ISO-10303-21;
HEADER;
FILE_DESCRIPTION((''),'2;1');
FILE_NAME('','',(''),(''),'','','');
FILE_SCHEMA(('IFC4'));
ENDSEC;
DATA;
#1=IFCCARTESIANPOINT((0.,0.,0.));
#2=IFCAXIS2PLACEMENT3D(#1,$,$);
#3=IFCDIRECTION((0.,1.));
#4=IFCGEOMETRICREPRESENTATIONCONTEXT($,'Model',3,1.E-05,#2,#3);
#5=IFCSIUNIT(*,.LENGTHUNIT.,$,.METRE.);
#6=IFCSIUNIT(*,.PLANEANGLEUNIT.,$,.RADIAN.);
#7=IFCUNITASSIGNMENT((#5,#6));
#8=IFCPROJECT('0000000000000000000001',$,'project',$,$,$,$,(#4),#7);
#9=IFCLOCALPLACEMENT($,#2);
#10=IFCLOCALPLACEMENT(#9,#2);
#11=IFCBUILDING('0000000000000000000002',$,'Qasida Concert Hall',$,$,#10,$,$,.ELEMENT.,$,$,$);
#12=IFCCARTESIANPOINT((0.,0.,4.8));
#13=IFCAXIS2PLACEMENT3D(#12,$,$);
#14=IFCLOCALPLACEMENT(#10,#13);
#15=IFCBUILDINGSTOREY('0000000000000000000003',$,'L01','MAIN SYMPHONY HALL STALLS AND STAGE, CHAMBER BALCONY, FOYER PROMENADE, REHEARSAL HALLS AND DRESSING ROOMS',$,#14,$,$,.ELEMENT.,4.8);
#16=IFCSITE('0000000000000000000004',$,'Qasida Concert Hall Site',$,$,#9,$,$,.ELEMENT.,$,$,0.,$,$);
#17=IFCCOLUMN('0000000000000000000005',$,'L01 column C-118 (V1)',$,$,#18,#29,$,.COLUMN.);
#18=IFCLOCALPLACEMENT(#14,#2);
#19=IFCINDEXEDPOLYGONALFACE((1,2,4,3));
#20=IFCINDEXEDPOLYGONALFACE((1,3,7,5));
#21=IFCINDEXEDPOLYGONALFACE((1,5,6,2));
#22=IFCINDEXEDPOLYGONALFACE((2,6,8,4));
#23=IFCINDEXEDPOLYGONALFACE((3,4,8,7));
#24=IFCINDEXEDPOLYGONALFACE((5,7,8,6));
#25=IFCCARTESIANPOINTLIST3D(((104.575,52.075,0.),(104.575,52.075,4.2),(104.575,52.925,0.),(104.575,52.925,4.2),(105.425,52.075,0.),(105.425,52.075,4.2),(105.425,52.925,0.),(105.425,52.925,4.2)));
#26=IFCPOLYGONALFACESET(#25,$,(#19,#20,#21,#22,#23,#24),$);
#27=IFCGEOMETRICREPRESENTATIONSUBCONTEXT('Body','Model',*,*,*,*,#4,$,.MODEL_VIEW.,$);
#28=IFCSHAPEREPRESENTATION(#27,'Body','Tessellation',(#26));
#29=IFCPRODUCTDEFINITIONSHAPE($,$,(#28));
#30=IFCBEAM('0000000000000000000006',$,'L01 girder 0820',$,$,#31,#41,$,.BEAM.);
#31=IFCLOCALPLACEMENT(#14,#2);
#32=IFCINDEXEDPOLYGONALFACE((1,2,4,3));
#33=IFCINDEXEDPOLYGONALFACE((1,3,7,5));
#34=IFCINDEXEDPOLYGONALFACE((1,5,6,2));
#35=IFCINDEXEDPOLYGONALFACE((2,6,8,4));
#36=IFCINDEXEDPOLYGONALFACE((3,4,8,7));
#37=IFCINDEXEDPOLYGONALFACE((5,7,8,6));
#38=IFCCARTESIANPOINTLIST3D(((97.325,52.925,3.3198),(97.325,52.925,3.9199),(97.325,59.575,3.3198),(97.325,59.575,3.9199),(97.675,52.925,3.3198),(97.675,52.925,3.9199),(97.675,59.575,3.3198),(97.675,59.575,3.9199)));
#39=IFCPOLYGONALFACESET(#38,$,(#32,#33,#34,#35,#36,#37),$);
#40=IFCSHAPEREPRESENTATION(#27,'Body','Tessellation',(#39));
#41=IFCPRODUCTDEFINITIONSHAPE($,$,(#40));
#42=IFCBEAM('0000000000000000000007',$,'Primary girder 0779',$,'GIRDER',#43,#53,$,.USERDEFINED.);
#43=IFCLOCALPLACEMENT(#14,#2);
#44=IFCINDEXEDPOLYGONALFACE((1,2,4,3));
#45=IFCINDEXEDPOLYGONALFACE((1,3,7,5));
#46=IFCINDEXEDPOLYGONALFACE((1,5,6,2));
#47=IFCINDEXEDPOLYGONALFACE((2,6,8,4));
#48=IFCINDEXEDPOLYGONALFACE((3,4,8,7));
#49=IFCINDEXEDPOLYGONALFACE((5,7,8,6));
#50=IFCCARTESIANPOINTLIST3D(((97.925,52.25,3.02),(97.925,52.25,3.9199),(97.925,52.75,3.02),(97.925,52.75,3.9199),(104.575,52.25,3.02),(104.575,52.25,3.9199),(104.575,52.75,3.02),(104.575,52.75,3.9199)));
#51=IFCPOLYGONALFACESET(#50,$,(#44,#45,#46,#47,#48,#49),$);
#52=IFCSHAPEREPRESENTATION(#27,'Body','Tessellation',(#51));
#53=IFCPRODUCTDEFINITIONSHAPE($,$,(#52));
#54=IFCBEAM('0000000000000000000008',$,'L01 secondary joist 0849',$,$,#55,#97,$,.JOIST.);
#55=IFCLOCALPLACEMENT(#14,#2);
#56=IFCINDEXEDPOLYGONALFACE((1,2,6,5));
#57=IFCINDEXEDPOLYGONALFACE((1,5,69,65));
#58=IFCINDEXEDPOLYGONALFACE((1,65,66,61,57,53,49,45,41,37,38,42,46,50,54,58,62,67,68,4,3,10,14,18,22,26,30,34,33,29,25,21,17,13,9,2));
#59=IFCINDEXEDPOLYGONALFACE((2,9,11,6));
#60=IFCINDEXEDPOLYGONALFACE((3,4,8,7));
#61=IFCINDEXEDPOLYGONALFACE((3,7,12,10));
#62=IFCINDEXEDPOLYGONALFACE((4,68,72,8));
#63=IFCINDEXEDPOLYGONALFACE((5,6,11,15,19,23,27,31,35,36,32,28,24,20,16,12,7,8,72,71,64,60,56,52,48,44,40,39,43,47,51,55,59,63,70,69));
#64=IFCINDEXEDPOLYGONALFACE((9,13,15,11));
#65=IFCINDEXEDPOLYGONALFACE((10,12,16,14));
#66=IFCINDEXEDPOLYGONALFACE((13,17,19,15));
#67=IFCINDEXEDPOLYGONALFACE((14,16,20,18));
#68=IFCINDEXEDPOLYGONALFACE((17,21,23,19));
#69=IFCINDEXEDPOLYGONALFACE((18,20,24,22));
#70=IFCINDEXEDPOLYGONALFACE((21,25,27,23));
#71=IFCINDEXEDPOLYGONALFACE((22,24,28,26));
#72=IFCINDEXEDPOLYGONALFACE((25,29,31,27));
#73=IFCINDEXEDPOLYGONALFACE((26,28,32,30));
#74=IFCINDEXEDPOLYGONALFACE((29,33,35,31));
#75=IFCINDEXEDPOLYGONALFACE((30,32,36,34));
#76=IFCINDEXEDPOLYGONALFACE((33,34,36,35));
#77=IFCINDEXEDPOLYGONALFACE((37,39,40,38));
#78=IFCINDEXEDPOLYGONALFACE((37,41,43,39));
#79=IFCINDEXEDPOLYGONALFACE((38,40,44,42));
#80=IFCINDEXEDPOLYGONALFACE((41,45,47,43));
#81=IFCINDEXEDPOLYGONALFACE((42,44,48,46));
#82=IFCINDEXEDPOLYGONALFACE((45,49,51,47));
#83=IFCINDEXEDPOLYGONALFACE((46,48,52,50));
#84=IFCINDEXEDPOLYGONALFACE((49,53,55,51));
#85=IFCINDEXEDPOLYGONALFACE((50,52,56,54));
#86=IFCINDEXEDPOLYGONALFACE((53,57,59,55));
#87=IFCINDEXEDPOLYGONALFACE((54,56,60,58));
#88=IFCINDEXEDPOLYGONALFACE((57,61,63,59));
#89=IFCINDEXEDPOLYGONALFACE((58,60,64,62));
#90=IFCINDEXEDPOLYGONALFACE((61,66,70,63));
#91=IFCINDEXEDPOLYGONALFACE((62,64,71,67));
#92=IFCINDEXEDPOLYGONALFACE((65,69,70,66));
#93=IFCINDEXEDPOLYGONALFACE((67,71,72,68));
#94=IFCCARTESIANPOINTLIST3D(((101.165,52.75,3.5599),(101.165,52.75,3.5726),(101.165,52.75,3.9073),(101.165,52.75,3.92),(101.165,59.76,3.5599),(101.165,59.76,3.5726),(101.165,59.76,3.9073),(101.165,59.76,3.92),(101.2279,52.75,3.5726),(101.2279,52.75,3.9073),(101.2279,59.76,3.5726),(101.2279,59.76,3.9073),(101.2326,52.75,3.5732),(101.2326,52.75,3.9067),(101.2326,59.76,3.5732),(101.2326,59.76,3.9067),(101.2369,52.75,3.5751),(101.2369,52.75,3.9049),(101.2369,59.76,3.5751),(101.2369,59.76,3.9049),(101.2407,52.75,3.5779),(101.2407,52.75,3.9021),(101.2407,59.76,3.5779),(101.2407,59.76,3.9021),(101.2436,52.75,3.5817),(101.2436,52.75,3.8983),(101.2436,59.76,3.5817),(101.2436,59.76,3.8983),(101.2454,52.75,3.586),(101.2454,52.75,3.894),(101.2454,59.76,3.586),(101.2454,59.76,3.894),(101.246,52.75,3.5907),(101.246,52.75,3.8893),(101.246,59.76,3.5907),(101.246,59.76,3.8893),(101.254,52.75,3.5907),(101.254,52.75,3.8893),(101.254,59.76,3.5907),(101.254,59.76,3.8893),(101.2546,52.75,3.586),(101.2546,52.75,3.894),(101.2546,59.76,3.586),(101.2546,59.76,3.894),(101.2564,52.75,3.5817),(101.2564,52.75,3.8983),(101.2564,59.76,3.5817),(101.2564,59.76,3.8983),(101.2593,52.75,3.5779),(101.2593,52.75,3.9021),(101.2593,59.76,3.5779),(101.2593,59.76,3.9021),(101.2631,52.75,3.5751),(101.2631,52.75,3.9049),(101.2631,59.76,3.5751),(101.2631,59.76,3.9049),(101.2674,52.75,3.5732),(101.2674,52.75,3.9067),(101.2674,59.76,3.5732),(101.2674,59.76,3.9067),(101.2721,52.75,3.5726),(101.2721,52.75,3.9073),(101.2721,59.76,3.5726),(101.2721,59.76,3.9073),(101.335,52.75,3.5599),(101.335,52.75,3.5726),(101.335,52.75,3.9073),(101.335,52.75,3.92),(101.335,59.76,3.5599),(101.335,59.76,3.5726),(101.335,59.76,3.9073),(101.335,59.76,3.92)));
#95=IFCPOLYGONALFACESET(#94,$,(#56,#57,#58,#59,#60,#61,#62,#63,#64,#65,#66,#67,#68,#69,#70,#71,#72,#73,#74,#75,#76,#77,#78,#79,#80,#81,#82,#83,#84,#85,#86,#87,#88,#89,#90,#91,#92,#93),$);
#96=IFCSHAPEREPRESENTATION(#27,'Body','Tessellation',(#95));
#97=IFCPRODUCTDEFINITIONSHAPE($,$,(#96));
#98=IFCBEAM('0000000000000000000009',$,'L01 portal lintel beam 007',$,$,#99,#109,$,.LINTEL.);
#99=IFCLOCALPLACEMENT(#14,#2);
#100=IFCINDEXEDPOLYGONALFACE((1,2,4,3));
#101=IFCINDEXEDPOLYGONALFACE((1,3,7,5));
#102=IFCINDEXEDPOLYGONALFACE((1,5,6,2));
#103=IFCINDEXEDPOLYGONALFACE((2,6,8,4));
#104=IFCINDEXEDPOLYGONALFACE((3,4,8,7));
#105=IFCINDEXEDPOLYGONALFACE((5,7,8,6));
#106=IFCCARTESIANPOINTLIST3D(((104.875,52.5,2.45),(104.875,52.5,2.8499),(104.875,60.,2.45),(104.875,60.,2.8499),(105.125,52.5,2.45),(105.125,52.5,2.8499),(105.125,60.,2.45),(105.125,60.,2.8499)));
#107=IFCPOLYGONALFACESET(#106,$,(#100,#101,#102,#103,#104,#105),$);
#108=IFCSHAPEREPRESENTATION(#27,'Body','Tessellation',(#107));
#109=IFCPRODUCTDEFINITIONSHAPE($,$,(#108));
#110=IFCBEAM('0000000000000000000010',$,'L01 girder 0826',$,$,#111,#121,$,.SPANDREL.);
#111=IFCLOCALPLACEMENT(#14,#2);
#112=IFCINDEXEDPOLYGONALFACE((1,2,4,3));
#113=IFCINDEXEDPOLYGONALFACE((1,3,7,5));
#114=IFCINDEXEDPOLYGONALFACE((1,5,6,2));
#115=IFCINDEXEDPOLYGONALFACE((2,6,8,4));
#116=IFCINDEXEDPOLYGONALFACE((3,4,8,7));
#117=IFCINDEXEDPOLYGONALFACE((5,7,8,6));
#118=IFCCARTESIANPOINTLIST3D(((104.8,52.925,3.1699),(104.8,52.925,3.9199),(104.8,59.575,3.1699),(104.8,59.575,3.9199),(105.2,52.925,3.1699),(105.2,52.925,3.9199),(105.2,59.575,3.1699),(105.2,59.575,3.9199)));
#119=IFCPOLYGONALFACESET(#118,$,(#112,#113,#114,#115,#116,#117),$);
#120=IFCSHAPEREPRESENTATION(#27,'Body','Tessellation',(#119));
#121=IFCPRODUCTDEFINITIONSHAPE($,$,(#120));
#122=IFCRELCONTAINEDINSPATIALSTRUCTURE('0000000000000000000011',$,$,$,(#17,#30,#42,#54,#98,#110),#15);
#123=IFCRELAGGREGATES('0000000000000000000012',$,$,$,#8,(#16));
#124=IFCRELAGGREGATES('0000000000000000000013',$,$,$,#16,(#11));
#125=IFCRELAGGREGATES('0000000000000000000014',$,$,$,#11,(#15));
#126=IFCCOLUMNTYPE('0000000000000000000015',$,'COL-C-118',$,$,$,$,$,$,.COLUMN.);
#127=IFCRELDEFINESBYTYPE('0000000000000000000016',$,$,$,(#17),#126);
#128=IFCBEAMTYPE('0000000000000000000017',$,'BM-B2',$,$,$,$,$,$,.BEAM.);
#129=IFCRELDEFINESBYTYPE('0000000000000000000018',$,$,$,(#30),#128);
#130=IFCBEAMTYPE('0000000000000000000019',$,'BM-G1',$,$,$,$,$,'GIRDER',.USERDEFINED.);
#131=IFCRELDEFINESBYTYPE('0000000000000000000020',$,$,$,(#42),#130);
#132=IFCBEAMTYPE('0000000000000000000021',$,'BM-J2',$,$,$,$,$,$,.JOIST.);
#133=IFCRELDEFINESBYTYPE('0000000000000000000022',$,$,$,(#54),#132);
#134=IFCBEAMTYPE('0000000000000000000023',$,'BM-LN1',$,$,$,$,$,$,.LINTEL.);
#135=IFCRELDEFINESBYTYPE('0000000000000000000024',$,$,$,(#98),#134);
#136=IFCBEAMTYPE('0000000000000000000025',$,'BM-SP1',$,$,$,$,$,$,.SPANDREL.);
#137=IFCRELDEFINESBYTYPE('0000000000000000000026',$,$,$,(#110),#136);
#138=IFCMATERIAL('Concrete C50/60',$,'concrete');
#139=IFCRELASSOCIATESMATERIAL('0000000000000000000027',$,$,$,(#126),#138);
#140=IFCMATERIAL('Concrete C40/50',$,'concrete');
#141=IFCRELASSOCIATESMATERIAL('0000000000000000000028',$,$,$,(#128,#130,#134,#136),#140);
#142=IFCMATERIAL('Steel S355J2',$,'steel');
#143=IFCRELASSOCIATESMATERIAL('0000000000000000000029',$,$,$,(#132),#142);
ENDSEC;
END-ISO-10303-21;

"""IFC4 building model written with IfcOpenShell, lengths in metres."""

from ifc_helpers import new_model, si_unit, direction, frame, origin, origin_2d, place, context, subcontext, project, spatial, rectangle, i_section, extrude, material, material_profile, profile_set, type_object, element, save


model = new_model("IFC4")

# Units and contexts
model_context = context("Model", 3, precision=1e-05, world=origin(), true_north=direction((0.0, 1.0)))
body_context = subcontext(model_context, "Body", "Model", "MODEL_VIEW")
ifc_project = project(units=[si_unit("LENGTHUNIT", "METRE"), si_unit("PLANEANGLEUNIT", "RADIAN")], contexts=[model_context])

# Site, building, storey
site_placement = place(None, origin())
site = spatial("IfcSite", under=ifc_project, at=site_placement, Name="Qasida Concert Hall Site", CompositionType="ELEMENT", RefElevation=0.0)
building_placement = place(site_placement, origin())
building = spatial("IfcBuilding", under=site, at=building_placement, Name="Qasida Concert Hall", CompositionType="ELEMENT")
storey_placement = place(building_placement, frame((0.0, 0.0, 4.8)))
storey = spatial("IfcBuildingStorey", under=building, at=storey_placement, Name="L01", Description="MAIN SYMPHONY HALL STALLS AND STAGE, CHAMBER BALCONY, FOYER PROMENADE, REHEARSAL HALLS AND DRESSING ROOMS", CompositionType="ELEMENT", Elevation=4.8)

# Column
ifc_material_1 = material(Name="Concrete C50/60", Category="concrete")
ifc_material_profile_1 = material_profile(ifc_material_1, rectangle(XDim=0.8501, YDim=0.8501, at=origin_2d()), Name="RC 850x850")
ifc_profile_set_1 = profile_set([ifc_material_profile_1], Name="Concrete C50/60")
column_type = type_object("IfcColumnType", Name="COL-C-118", PredefinedType="COLUMN", material=ifc_profile_set_1)
column_placement = place(storey_placement, frame((105.0, 52.5, 0.0), z_axis=(0.0, 0.0, 1.0), x_axis=(1.0, 0.0, 0.0)))
element("IfcColumn", 1, at=column_placement, inside=storey, type_object=column_type, Name="L01 column C-118 (V1)", PredefinedType="COLUMN", context=body_context, shape_type="SweptSolid", body=[
    extrude(rectangle(XDim=0.8501, YDim=0.8501, at=origin_2d()), origin(), (0.0, 0.0, 1.0), 4.2),
])

# Beams
ifc_material_2 = material(Name="Concrete C40/50", Category="concrete")
ifc_material_profile_2 = material_profile(ifc_material_2, rectangle(XDim=0.3501, YDim=0.6001, at=origin_2d()), Name="RC 350x600")
ifc_profile_set_2 = profile_set([ifc_material_profile_2], Name="Concrete C40/50")
beam_type_1 = type_object("IfcBeamType", Name="BM-B2", PredefinedType="BEAM", material=ifc_profile_set_2)
beam_1_placement = place(storey_placement, frame((97.5, 52.925, 3.6199), z_axis=(0.0, 1.0, 0.0), x_axis=(-1.0, 0.0, 0.0)))
element("IfcBeam", 2, at=beam_1_placement, inside=storey, type_object=beam_type_1, Name="L01 girder 0820", PredefinedType="BEAM", context=body_context, shape_type="SweptSolid", body=[
    extrude(rectangle(XDim=0.3501, YDim=0.6001, at=origin_2d()), origin(), (0.0, 0.0, 1.0), 6.6499),
])
ifc_material_profile_3 = material_profile(ifc_material_2, rectangle(XDim=0.5, YDim=0.8999, at=origin_2d()), Name="RC 500x900")
ifc_profile_set_3 = profile_set([ifc_material_profile_3], Name="Concrete C40/50")
beam_type_2 = type_object("IfcBeamType", Name="BM-G1", ElementType="GIRDER", PredefinedType="USERDEFINED", material=ifc_profile_set_3)
beam_2_placement = place(storey_placement, frame((97.925, 52.5, 3.47), z_axis=(1.0, 0.0, 0.0), x_axis=(0.0, 1.0, 0.0)))
element("IfcBeam", 3, at=beam_2_placement, inside=storey, type_object=beam_type_2, Name="Primary girder 0779", ObjectType="GIRDER", PredefinedType="USERDEFINED", context=body_context, shape_type="SweptSolid", body=[
    extrude(rectangle(XDim=0.5, YDim=0.8999, at=origin_2d()), origin(), (0.0, 0.0, 1.0), 6.6499),
])
ifc_material_3 = material(Name="Steel S355J2", Category="steel")
ifc_material_profile_4 = material_profile(ifc_material_3, i_section(OverallWidth=0.1699, OverallDepth=0.3601, WebThickness=0.0081, FlangeThickness=0.0127, FilletRadius=0.0181, at=origin_2d()), Name="IPE 360")
ifc_profile_set_4 = profile_set([ifc_material_profile_4], Name="Steel S355J2")
beam_type_3 = type_object("IfcBeamType", Name="BM-J2", PredefinedType="JOIST", material=ifc_profile_set_4)
beam_3_placement = place(storey_placement, frame((101.25, 52.75, 3.74), z_axis=(0.0, 1.0, 0.0), x_axis=(-1.0, 0.0, 0.0)))
element("IfcBeam", 4, at=beam_3_placement, inside=storey, type_object=beam_type_3, Name="L01 secondary joist 0849", PredefinedType="JOIST", context=body_context, shape_type="SweptSolid", body=[
    extrude(i_section(OverallWidth=0.1699, OverallDepth=0.3601, WebThickness=0.0081, FlangeThickness=0.0127, FilletRadius=0.0181, at=origin_2d()), origin(), (0.0, 0.0, 1.0), 7.01),
])
ifc_material_profile_5 = material_profile(ifc_material_2, rectangle(XDim=0.25, YDim=0.3999, at=origin_2d()), Name="RC 250x400")
ifc_profile_set_5 = profile_set([ifc_material_profile_5], Name="Concrete C40/50")
beam_type_4 = type_object("IfcBeamType", Name="BM-LN1", PredefinedType="LINTEL", material=ifc_profile_set_5)
beam_4_placement = place(storey_placement, frame((105.0, 52.5, 2.6499), z_axis=(0.0, 1.0, 0.0), x_axis=(-1.0, 0.0, 0.0)))
element("IfcBeam", 5, at=beam_4_placement, inside=storey, type_object=beam_type_4, Name="L01 portal lintel beam 007", PredefinedType="LINTEL", context=body_context, shape_type="SweptSolid", body=[
    extrude(rectangle(XDim=0.25, YDim=0.3999, at=origin_2d()), origin(), (0.0, 0.0, 1.0), 7.5),
])
ifc_material_profile_6 = material_profile(ifc_material_2, rectangle(XDim=0.3999, YDim=0.75, at=origin_2d()), Name="RC 400x750")
ifc_profile_set_6 = profile_set([ifc_material_profile_6], Name="Concrete C40/50")
beam_type_5 = type_object("IfcBeamType", Name="BM-SP1", PredefinedType="SPANDREL", material=ifc_profile_set_6)
beam_5_placement = place(storey_placement, frame((105.0, 52.925, 3.5449), z_axis=(0.0, 1.0, 0.0), x_axis=(-1.0, 0.0, 0.0)))
element("IfcBeam", 6, at=beam_5_placement, inside=storey, type_object=beam_type_5, Name="L01 girder 0826", PredefinedType="SPANDREL", context=body_context, shape_type="SweptSolid", body=[
    extrude(rectangle(XDim=0.3999, YDim=0.75, at=origin_2d()), origin(), (0.0, 0.0, 1.0), 6.6499),
])

save(model, "model.ifc")
